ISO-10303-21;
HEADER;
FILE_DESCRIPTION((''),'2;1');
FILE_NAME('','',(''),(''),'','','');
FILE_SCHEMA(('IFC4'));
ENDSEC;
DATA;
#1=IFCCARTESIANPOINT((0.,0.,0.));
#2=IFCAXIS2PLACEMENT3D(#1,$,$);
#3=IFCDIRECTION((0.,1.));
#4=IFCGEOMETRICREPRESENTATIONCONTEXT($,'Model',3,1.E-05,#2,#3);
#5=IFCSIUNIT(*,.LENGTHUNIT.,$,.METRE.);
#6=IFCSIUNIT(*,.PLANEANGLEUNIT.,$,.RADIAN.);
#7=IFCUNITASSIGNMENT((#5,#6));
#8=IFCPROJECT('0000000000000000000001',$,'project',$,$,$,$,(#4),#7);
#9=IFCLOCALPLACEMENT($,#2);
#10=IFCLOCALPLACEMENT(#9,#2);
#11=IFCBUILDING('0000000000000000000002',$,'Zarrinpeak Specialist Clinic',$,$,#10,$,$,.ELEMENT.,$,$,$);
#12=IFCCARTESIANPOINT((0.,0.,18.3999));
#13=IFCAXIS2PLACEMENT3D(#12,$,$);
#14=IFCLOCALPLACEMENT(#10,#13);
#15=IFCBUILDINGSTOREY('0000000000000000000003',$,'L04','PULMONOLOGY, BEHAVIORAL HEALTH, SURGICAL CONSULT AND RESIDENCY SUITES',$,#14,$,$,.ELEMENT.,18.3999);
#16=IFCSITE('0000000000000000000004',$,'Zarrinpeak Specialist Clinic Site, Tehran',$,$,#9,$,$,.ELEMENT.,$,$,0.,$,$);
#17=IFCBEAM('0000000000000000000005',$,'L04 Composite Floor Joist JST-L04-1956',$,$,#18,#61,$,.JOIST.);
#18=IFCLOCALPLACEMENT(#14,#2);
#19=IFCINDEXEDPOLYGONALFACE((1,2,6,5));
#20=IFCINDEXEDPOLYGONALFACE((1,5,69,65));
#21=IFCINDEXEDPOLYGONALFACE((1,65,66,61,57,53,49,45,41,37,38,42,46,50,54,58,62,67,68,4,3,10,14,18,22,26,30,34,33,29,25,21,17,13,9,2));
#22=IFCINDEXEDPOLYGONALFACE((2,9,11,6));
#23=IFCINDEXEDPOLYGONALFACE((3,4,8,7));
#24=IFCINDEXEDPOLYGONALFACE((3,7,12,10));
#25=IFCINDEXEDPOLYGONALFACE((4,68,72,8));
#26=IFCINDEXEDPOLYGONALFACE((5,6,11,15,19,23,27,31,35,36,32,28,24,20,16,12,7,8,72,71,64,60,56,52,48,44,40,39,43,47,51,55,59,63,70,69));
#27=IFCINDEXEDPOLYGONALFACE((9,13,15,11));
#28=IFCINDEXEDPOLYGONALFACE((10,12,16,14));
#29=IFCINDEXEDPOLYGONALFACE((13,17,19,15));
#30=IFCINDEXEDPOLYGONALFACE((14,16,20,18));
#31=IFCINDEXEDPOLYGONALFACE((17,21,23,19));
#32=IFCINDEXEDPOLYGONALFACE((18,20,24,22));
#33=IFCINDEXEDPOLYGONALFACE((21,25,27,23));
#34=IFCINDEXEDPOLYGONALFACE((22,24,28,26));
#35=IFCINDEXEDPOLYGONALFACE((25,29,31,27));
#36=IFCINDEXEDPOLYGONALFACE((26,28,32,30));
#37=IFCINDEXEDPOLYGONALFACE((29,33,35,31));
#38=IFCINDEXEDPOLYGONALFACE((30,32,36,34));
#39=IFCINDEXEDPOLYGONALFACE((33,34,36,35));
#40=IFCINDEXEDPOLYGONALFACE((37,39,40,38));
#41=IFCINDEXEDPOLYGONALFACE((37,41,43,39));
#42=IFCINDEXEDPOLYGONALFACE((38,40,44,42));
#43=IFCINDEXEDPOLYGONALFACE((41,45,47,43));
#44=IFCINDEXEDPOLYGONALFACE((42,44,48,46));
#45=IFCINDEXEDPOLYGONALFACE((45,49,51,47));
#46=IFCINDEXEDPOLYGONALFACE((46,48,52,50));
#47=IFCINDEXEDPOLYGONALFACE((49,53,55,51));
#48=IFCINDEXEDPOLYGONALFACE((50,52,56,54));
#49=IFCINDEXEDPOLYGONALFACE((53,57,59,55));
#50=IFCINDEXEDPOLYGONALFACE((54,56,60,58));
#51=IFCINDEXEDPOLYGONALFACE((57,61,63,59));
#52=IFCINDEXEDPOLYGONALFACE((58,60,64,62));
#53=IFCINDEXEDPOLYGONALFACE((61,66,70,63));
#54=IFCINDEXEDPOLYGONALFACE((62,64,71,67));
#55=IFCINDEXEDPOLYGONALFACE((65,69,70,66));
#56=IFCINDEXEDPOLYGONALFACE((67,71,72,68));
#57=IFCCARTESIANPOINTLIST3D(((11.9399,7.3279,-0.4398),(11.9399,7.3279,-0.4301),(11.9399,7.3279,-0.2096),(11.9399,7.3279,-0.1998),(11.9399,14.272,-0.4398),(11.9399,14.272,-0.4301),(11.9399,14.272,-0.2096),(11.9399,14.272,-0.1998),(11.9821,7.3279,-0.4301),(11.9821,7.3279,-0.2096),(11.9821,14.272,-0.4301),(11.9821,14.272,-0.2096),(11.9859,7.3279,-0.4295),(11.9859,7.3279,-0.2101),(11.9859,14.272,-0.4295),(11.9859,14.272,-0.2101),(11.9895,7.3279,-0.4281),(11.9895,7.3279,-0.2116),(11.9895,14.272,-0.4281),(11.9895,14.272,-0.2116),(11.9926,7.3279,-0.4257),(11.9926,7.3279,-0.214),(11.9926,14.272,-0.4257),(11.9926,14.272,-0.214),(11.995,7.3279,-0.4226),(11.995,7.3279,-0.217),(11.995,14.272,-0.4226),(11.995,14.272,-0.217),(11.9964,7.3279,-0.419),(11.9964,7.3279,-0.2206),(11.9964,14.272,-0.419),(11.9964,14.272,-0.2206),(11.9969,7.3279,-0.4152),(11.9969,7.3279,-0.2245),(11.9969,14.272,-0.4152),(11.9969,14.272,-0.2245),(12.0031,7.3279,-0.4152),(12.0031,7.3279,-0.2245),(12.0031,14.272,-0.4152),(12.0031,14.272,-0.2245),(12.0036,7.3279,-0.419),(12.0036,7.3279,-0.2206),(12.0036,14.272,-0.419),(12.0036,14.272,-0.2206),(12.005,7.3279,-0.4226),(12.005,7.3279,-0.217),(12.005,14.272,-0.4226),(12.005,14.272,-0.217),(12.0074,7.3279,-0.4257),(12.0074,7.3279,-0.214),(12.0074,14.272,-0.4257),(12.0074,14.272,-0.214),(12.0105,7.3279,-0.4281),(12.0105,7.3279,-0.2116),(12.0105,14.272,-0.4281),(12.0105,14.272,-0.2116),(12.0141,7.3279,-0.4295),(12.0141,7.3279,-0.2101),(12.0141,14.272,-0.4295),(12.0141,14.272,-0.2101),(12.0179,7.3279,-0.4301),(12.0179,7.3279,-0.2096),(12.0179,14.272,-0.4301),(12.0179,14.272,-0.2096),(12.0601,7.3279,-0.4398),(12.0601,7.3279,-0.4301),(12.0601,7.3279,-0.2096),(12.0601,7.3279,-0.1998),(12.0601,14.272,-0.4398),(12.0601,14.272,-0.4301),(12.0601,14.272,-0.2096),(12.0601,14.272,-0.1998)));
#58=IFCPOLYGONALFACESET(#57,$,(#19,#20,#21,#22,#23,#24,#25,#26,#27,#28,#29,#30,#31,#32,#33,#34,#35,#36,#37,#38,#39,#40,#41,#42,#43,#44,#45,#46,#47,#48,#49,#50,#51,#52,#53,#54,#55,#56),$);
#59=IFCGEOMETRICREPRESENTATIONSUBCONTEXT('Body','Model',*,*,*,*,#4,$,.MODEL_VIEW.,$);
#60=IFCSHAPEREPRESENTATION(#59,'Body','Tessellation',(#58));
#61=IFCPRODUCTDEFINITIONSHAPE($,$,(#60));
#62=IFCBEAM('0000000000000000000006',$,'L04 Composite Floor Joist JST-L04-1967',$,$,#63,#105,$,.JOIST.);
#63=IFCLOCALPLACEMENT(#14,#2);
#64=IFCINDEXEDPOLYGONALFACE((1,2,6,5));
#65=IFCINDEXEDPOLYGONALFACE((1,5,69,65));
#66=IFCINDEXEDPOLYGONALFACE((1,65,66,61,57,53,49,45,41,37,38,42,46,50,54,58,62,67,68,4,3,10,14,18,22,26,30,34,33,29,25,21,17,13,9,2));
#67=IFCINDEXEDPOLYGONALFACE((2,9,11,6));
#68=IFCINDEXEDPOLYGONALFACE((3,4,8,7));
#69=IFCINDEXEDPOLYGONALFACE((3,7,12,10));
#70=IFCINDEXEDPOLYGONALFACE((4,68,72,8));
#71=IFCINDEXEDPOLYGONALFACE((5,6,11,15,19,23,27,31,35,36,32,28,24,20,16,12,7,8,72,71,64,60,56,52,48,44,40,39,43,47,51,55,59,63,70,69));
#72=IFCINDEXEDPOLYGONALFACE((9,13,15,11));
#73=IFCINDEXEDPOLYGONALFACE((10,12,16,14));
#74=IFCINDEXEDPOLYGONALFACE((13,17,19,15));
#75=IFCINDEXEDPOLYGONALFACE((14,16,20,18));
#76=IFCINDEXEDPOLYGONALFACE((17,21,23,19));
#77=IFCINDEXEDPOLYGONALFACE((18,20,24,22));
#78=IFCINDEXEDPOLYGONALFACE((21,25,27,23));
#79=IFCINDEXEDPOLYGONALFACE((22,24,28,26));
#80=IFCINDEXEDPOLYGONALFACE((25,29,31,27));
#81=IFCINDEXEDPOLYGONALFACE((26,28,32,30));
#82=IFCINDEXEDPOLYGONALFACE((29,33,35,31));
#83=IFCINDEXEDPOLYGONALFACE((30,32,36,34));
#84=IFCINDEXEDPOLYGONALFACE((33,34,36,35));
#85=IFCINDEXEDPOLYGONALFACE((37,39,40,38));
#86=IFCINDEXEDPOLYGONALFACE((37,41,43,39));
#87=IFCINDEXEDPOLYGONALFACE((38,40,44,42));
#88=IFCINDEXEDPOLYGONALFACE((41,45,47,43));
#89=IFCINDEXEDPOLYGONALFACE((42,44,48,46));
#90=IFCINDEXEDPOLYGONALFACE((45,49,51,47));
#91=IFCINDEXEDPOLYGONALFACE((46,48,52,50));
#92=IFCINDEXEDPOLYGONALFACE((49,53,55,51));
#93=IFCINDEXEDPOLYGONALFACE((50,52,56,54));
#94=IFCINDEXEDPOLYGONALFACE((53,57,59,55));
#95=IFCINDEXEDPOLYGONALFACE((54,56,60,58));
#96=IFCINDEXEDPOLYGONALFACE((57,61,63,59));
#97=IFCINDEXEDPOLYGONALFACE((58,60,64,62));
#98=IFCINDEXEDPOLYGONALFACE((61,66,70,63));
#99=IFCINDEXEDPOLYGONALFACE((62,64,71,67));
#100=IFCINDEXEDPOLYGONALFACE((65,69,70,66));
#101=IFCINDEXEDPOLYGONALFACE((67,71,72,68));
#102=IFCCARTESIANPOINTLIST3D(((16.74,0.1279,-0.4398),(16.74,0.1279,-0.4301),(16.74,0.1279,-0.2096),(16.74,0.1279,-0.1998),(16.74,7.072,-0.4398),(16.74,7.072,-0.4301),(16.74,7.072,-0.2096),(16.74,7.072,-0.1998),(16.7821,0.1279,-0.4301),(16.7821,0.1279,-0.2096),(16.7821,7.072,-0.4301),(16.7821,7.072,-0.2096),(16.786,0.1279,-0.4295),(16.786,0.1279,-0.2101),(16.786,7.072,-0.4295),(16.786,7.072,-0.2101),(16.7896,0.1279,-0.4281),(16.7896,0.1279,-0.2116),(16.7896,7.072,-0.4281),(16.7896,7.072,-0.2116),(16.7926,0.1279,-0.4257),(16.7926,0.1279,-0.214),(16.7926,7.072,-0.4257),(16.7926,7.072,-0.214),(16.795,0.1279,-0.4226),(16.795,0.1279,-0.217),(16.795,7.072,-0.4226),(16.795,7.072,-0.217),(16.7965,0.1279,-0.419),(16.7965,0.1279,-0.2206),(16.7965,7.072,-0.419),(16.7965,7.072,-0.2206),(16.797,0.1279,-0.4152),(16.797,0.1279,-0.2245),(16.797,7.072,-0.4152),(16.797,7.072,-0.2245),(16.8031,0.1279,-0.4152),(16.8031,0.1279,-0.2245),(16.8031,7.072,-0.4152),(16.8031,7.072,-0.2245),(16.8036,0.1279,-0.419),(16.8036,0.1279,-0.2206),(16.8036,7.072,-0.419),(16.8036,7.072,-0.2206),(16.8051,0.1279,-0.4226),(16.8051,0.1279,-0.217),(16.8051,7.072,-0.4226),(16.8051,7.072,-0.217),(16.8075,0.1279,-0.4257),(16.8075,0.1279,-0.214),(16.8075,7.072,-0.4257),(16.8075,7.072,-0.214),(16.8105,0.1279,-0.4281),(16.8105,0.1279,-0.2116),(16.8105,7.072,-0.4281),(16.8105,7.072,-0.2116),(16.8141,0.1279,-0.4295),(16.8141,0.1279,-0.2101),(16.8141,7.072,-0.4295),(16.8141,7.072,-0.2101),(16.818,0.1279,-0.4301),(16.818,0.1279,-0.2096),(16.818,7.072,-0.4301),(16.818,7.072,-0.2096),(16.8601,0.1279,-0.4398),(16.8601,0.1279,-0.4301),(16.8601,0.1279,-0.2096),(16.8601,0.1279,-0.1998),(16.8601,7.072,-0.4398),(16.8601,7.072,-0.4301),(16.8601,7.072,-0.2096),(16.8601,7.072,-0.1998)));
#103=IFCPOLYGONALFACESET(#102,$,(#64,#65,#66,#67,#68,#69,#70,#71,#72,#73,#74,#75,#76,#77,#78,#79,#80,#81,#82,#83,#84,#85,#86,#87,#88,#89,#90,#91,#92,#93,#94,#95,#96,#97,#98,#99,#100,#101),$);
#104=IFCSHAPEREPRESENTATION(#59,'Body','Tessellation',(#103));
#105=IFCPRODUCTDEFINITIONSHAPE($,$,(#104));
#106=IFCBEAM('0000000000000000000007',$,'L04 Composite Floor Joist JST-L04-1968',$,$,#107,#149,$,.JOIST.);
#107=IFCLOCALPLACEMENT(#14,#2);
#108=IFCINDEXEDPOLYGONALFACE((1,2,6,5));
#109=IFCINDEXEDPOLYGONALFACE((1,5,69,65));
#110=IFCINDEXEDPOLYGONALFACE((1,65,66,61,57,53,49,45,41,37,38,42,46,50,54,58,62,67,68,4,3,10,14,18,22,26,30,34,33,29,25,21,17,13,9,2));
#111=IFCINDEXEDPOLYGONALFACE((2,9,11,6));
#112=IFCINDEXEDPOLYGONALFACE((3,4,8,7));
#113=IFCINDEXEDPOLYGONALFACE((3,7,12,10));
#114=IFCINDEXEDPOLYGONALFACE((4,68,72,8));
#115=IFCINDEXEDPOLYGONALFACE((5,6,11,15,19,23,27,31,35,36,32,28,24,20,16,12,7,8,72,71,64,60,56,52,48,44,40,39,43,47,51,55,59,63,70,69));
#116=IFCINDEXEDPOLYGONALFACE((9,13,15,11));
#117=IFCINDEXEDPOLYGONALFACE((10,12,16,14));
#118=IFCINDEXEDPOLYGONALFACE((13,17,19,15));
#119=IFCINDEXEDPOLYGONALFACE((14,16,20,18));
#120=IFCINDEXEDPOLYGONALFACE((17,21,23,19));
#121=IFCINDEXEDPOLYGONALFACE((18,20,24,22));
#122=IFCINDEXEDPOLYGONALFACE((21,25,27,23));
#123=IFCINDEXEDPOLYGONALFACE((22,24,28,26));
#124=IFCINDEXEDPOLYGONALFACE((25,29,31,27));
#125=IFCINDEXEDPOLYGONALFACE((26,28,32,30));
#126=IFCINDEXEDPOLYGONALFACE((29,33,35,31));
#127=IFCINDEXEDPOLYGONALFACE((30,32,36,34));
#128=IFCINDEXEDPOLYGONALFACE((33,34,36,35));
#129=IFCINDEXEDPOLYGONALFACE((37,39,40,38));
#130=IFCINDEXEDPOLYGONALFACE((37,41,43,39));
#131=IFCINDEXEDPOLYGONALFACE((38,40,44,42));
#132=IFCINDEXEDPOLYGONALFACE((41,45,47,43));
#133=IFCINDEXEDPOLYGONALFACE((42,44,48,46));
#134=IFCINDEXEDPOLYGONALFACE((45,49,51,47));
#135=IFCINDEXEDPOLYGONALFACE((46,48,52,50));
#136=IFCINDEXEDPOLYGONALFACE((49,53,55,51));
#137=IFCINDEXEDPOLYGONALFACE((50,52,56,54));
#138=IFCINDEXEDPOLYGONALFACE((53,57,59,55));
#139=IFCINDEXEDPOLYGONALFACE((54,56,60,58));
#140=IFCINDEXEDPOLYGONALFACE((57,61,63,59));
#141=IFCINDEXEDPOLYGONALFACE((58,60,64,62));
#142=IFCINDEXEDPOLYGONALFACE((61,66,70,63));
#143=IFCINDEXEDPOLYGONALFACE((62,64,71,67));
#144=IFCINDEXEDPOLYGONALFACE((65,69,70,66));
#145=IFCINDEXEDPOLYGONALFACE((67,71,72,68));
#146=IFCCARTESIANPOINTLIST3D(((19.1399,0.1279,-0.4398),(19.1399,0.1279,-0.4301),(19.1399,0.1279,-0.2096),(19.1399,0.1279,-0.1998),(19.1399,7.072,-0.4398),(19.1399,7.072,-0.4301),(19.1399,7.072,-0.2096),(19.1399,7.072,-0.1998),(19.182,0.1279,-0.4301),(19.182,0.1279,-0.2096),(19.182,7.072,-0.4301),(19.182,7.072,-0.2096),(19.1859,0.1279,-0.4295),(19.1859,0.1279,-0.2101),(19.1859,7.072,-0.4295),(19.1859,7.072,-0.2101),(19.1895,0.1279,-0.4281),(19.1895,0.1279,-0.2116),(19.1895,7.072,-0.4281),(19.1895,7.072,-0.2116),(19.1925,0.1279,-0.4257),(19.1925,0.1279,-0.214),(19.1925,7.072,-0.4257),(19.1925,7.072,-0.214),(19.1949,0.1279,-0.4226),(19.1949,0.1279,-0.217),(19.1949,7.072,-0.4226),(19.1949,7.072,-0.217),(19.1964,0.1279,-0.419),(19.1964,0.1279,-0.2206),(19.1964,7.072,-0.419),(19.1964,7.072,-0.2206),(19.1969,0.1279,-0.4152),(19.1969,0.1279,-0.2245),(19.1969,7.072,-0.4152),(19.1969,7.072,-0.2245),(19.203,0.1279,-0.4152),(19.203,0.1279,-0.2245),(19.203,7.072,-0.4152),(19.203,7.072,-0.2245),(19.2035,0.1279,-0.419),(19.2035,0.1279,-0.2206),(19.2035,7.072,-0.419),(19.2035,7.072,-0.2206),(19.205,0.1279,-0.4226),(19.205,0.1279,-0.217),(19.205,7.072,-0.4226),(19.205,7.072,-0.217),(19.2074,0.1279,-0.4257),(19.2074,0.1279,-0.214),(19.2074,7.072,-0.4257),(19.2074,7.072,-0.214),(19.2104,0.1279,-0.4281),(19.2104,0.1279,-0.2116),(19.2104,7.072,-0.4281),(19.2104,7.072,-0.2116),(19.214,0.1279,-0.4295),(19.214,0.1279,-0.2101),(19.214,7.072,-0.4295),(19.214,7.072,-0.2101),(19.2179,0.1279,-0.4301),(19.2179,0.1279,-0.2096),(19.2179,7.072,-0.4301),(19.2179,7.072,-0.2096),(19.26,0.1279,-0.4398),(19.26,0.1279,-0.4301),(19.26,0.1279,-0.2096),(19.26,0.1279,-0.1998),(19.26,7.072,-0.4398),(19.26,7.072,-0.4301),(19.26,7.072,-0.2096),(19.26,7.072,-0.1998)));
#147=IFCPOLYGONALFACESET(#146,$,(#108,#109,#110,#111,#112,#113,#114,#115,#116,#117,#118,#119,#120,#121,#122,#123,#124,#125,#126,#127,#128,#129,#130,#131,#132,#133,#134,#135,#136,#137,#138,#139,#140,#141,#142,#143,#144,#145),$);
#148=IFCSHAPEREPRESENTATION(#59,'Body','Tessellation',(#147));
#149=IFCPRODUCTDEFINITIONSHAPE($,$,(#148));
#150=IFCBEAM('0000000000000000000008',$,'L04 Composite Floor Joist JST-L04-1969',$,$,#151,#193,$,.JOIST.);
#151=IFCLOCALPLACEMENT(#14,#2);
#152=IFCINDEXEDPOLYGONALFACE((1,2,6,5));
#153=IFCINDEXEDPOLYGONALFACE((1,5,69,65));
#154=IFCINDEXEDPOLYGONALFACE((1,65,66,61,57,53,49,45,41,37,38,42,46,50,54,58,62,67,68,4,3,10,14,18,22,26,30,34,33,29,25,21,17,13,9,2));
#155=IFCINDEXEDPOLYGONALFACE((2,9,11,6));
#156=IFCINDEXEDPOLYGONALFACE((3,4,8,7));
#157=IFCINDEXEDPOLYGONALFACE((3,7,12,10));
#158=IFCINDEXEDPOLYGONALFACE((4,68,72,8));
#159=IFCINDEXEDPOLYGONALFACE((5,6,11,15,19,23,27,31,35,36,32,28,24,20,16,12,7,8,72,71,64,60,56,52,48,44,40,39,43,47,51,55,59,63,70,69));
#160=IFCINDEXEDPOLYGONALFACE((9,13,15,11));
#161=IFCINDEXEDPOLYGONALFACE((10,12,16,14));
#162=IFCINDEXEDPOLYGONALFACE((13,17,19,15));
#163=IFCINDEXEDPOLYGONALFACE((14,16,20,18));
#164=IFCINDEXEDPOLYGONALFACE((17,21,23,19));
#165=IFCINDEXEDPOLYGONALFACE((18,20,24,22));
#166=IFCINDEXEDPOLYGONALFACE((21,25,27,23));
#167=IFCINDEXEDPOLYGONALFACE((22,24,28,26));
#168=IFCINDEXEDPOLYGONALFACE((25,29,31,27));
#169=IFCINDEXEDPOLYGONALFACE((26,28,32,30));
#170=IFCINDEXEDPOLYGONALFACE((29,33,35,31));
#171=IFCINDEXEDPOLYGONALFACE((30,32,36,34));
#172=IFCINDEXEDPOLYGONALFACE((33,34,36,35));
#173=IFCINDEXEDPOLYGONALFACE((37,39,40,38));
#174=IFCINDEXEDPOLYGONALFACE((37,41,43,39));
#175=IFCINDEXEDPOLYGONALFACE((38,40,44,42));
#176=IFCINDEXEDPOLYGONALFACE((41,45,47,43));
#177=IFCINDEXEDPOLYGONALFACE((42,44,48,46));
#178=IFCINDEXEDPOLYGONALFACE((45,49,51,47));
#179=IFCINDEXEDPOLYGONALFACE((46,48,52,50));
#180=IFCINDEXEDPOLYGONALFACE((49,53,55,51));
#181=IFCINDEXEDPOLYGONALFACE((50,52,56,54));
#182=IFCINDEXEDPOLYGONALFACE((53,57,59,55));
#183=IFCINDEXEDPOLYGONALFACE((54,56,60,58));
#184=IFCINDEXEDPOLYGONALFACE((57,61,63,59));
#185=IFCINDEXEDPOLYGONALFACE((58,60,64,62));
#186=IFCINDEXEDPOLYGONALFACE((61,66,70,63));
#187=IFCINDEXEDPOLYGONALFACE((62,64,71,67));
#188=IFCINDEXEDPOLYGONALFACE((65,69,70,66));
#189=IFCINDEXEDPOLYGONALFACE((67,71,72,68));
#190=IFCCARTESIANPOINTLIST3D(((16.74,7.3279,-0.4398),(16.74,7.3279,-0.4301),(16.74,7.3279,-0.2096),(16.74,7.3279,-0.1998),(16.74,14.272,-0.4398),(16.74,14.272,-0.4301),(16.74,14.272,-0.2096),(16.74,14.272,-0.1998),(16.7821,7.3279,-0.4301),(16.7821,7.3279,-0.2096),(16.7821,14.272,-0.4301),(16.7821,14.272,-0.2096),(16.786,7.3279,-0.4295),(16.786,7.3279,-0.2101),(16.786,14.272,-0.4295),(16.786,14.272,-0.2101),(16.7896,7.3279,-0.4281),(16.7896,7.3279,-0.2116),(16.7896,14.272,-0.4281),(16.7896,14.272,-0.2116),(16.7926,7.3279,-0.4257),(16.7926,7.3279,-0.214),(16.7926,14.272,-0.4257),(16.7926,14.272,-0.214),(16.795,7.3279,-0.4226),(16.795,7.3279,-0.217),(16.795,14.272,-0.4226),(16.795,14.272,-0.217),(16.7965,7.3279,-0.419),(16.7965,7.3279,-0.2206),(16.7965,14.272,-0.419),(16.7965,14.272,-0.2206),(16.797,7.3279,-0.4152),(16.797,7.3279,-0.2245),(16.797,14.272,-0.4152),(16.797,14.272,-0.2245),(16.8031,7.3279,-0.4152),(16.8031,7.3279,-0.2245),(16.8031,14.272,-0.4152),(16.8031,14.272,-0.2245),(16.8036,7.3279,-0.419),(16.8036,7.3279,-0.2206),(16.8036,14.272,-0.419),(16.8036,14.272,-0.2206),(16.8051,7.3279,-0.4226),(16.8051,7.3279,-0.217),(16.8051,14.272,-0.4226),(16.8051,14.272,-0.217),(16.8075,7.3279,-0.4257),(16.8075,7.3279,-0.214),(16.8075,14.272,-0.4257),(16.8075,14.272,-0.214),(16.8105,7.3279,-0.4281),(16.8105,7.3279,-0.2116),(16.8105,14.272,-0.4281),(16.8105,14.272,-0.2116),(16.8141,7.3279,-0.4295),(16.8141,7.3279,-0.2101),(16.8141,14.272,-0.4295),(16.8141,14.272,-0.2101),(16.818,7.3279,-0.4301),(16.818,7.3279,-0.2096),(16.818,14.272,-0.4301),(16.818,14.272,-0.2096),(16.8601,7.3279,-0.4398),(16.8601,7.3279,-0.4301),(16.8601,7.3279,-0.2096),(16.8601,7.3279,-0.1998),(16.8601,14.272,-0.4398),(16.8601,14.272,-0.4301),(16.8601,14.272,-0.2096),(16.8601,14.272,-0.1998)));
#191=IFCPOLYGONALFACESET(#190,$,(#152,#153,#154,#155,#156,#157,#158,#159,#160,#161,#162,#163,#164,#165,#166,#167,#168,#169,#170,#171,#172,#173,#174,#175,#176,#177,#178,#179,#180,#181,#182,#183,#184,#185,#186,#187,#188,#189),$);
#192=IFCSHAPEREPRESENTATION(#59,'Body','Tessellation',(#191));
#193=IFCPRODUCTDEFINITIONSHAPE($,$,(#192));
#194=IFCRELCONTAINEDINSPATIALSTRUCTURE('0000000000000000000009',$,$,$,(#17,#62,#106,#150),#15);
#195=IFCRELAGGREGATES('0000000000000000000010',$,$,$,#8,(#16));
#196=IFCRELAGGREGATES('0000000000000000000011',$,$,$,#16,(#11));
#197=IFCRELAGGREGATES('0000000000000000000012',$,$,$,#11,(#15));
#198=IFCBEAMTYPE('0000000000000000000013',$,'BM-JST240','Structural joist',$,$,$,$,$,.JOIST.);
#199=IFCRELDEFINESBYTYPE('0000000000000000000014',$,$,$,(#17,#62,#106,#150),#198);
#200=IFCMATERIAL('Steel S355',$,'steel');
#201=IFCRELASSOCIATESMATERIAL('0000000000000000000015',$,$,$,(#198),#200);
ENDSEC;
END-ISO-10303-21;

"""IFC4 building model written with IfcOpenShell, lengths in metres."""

from ifc_helpers import new_model, si_unit, direction, frame, origin, origin_2d, place, context, subcontext, project, spatial, i_section, extrude, material, material_profile, profile_set, type_object, element, save


model = new_model("IFC4")

# Units and contexts
model_context = context("Model", 3, precision=1e-05, world=origin(), true_north=direction((0.0, 1.0)))
body_context = subcontext(model_context, "Body", "Model", "MODEL_VIEW")
ifc_project = project(units=[si_unit("LENGTHUNIT", "METRE"), si_unit("PLANEANGLEUNIT", "RADIAN")], contexts=[model_context])

# Site, building, storey
site_placement = place(None, origin())
site = spatial("IfcSite", under=ifc_project, at=site_placement, Name="Zarrinpeak Specialist Clinic Site, Tehran", CompositionType="ELEMENT", RefElevation=0.0)
building_placement = place(site_placement, origin())
building = spatial("IfcBuilding", under=site, at=building_placement, Name="Zarrinpeak Specialist Clinic", CompositionType="ELEMENT")
storey_placement = place(building_placement, frame((0.0, 0.0, 18.3999)))
storey = spatial("IfcBuildingStorey", under=building, at=storey_placement, Name="L04", Description="PULMONOLOGY, BEHAVIORAL HEALTH, SURGICAL CONSULT AND RESIDENCY SUITES", CompositionType="ELEMENT", Elevation=18.3999)

# Shared definitions
ifc_material_1 = material(Name="Steel S355", Category="steel")

# Beams
ifc_material_profile_1 = material_profile(ifc_material_1, i_section(OverallWidth=0.1201, OverallDepth=0.24, WebThickness=0.0061, FlangeThickness=0.0098, FilletRadius=0.0149, at=origin_2d()), Name="IPE 240")
ifc_profile_set_1 = profile_set([ifc_material_profile_1], Name="Steel S355")
beam_type_1 = type_object("IfcBeamType", Name="BM-JST240", Description="Structural joist", PredefinedType="JOIST", material=ifc_profile_set_1)
for number, where, z_axis, x_axis, name in (
    (1, (12.0, 7.3279, -0.3198), (0.0, 1.0, 0.0), (-1.0, 0.0, 0.0), "L04 Composite Floor Joist JST-L04-1956"),
    (2, (16.8, 0.1279, -0.3198), (0.0, 1.0, 0.0), (-1.0, 0.0, 0.0), "L04 Composite Floor Joist JST-L04-1967"),
    (3, (19.2, 0.1279, -0.3198), (0.0, 1.0, 0.0), (-1.0, 0.0, 0.0), "L04 Composite Floor Joist JST-L04-1968"),
    (4, (16.8, 7.3279, -0.3198), (0.0, 1.0, 0.0), (-1.0, 0.0, 0.0), "L04 Composite Floor Joist JST-L04-1969"),
):
    element("IfcBeam", number, at=place(storey_placement, frame(where, z_axis=z_axis, x_axis=x_axis)), inside=storey, type_object=beam_type_1, Name=name, PredefinedType="JOIST", context=body_context, shape_type="SweptSolid", body=[
        extrude(i_section(OverallWidth=0.1201, OverallDepth=0.24, WebThickness=0.0061, FlangeThickness=0.0098, FilletRadius=0.0149, at=origin_2d()), origin(), (0.0, 0.0, 1.0), 6.9441),
    ])

save(model, "model.ifc")
